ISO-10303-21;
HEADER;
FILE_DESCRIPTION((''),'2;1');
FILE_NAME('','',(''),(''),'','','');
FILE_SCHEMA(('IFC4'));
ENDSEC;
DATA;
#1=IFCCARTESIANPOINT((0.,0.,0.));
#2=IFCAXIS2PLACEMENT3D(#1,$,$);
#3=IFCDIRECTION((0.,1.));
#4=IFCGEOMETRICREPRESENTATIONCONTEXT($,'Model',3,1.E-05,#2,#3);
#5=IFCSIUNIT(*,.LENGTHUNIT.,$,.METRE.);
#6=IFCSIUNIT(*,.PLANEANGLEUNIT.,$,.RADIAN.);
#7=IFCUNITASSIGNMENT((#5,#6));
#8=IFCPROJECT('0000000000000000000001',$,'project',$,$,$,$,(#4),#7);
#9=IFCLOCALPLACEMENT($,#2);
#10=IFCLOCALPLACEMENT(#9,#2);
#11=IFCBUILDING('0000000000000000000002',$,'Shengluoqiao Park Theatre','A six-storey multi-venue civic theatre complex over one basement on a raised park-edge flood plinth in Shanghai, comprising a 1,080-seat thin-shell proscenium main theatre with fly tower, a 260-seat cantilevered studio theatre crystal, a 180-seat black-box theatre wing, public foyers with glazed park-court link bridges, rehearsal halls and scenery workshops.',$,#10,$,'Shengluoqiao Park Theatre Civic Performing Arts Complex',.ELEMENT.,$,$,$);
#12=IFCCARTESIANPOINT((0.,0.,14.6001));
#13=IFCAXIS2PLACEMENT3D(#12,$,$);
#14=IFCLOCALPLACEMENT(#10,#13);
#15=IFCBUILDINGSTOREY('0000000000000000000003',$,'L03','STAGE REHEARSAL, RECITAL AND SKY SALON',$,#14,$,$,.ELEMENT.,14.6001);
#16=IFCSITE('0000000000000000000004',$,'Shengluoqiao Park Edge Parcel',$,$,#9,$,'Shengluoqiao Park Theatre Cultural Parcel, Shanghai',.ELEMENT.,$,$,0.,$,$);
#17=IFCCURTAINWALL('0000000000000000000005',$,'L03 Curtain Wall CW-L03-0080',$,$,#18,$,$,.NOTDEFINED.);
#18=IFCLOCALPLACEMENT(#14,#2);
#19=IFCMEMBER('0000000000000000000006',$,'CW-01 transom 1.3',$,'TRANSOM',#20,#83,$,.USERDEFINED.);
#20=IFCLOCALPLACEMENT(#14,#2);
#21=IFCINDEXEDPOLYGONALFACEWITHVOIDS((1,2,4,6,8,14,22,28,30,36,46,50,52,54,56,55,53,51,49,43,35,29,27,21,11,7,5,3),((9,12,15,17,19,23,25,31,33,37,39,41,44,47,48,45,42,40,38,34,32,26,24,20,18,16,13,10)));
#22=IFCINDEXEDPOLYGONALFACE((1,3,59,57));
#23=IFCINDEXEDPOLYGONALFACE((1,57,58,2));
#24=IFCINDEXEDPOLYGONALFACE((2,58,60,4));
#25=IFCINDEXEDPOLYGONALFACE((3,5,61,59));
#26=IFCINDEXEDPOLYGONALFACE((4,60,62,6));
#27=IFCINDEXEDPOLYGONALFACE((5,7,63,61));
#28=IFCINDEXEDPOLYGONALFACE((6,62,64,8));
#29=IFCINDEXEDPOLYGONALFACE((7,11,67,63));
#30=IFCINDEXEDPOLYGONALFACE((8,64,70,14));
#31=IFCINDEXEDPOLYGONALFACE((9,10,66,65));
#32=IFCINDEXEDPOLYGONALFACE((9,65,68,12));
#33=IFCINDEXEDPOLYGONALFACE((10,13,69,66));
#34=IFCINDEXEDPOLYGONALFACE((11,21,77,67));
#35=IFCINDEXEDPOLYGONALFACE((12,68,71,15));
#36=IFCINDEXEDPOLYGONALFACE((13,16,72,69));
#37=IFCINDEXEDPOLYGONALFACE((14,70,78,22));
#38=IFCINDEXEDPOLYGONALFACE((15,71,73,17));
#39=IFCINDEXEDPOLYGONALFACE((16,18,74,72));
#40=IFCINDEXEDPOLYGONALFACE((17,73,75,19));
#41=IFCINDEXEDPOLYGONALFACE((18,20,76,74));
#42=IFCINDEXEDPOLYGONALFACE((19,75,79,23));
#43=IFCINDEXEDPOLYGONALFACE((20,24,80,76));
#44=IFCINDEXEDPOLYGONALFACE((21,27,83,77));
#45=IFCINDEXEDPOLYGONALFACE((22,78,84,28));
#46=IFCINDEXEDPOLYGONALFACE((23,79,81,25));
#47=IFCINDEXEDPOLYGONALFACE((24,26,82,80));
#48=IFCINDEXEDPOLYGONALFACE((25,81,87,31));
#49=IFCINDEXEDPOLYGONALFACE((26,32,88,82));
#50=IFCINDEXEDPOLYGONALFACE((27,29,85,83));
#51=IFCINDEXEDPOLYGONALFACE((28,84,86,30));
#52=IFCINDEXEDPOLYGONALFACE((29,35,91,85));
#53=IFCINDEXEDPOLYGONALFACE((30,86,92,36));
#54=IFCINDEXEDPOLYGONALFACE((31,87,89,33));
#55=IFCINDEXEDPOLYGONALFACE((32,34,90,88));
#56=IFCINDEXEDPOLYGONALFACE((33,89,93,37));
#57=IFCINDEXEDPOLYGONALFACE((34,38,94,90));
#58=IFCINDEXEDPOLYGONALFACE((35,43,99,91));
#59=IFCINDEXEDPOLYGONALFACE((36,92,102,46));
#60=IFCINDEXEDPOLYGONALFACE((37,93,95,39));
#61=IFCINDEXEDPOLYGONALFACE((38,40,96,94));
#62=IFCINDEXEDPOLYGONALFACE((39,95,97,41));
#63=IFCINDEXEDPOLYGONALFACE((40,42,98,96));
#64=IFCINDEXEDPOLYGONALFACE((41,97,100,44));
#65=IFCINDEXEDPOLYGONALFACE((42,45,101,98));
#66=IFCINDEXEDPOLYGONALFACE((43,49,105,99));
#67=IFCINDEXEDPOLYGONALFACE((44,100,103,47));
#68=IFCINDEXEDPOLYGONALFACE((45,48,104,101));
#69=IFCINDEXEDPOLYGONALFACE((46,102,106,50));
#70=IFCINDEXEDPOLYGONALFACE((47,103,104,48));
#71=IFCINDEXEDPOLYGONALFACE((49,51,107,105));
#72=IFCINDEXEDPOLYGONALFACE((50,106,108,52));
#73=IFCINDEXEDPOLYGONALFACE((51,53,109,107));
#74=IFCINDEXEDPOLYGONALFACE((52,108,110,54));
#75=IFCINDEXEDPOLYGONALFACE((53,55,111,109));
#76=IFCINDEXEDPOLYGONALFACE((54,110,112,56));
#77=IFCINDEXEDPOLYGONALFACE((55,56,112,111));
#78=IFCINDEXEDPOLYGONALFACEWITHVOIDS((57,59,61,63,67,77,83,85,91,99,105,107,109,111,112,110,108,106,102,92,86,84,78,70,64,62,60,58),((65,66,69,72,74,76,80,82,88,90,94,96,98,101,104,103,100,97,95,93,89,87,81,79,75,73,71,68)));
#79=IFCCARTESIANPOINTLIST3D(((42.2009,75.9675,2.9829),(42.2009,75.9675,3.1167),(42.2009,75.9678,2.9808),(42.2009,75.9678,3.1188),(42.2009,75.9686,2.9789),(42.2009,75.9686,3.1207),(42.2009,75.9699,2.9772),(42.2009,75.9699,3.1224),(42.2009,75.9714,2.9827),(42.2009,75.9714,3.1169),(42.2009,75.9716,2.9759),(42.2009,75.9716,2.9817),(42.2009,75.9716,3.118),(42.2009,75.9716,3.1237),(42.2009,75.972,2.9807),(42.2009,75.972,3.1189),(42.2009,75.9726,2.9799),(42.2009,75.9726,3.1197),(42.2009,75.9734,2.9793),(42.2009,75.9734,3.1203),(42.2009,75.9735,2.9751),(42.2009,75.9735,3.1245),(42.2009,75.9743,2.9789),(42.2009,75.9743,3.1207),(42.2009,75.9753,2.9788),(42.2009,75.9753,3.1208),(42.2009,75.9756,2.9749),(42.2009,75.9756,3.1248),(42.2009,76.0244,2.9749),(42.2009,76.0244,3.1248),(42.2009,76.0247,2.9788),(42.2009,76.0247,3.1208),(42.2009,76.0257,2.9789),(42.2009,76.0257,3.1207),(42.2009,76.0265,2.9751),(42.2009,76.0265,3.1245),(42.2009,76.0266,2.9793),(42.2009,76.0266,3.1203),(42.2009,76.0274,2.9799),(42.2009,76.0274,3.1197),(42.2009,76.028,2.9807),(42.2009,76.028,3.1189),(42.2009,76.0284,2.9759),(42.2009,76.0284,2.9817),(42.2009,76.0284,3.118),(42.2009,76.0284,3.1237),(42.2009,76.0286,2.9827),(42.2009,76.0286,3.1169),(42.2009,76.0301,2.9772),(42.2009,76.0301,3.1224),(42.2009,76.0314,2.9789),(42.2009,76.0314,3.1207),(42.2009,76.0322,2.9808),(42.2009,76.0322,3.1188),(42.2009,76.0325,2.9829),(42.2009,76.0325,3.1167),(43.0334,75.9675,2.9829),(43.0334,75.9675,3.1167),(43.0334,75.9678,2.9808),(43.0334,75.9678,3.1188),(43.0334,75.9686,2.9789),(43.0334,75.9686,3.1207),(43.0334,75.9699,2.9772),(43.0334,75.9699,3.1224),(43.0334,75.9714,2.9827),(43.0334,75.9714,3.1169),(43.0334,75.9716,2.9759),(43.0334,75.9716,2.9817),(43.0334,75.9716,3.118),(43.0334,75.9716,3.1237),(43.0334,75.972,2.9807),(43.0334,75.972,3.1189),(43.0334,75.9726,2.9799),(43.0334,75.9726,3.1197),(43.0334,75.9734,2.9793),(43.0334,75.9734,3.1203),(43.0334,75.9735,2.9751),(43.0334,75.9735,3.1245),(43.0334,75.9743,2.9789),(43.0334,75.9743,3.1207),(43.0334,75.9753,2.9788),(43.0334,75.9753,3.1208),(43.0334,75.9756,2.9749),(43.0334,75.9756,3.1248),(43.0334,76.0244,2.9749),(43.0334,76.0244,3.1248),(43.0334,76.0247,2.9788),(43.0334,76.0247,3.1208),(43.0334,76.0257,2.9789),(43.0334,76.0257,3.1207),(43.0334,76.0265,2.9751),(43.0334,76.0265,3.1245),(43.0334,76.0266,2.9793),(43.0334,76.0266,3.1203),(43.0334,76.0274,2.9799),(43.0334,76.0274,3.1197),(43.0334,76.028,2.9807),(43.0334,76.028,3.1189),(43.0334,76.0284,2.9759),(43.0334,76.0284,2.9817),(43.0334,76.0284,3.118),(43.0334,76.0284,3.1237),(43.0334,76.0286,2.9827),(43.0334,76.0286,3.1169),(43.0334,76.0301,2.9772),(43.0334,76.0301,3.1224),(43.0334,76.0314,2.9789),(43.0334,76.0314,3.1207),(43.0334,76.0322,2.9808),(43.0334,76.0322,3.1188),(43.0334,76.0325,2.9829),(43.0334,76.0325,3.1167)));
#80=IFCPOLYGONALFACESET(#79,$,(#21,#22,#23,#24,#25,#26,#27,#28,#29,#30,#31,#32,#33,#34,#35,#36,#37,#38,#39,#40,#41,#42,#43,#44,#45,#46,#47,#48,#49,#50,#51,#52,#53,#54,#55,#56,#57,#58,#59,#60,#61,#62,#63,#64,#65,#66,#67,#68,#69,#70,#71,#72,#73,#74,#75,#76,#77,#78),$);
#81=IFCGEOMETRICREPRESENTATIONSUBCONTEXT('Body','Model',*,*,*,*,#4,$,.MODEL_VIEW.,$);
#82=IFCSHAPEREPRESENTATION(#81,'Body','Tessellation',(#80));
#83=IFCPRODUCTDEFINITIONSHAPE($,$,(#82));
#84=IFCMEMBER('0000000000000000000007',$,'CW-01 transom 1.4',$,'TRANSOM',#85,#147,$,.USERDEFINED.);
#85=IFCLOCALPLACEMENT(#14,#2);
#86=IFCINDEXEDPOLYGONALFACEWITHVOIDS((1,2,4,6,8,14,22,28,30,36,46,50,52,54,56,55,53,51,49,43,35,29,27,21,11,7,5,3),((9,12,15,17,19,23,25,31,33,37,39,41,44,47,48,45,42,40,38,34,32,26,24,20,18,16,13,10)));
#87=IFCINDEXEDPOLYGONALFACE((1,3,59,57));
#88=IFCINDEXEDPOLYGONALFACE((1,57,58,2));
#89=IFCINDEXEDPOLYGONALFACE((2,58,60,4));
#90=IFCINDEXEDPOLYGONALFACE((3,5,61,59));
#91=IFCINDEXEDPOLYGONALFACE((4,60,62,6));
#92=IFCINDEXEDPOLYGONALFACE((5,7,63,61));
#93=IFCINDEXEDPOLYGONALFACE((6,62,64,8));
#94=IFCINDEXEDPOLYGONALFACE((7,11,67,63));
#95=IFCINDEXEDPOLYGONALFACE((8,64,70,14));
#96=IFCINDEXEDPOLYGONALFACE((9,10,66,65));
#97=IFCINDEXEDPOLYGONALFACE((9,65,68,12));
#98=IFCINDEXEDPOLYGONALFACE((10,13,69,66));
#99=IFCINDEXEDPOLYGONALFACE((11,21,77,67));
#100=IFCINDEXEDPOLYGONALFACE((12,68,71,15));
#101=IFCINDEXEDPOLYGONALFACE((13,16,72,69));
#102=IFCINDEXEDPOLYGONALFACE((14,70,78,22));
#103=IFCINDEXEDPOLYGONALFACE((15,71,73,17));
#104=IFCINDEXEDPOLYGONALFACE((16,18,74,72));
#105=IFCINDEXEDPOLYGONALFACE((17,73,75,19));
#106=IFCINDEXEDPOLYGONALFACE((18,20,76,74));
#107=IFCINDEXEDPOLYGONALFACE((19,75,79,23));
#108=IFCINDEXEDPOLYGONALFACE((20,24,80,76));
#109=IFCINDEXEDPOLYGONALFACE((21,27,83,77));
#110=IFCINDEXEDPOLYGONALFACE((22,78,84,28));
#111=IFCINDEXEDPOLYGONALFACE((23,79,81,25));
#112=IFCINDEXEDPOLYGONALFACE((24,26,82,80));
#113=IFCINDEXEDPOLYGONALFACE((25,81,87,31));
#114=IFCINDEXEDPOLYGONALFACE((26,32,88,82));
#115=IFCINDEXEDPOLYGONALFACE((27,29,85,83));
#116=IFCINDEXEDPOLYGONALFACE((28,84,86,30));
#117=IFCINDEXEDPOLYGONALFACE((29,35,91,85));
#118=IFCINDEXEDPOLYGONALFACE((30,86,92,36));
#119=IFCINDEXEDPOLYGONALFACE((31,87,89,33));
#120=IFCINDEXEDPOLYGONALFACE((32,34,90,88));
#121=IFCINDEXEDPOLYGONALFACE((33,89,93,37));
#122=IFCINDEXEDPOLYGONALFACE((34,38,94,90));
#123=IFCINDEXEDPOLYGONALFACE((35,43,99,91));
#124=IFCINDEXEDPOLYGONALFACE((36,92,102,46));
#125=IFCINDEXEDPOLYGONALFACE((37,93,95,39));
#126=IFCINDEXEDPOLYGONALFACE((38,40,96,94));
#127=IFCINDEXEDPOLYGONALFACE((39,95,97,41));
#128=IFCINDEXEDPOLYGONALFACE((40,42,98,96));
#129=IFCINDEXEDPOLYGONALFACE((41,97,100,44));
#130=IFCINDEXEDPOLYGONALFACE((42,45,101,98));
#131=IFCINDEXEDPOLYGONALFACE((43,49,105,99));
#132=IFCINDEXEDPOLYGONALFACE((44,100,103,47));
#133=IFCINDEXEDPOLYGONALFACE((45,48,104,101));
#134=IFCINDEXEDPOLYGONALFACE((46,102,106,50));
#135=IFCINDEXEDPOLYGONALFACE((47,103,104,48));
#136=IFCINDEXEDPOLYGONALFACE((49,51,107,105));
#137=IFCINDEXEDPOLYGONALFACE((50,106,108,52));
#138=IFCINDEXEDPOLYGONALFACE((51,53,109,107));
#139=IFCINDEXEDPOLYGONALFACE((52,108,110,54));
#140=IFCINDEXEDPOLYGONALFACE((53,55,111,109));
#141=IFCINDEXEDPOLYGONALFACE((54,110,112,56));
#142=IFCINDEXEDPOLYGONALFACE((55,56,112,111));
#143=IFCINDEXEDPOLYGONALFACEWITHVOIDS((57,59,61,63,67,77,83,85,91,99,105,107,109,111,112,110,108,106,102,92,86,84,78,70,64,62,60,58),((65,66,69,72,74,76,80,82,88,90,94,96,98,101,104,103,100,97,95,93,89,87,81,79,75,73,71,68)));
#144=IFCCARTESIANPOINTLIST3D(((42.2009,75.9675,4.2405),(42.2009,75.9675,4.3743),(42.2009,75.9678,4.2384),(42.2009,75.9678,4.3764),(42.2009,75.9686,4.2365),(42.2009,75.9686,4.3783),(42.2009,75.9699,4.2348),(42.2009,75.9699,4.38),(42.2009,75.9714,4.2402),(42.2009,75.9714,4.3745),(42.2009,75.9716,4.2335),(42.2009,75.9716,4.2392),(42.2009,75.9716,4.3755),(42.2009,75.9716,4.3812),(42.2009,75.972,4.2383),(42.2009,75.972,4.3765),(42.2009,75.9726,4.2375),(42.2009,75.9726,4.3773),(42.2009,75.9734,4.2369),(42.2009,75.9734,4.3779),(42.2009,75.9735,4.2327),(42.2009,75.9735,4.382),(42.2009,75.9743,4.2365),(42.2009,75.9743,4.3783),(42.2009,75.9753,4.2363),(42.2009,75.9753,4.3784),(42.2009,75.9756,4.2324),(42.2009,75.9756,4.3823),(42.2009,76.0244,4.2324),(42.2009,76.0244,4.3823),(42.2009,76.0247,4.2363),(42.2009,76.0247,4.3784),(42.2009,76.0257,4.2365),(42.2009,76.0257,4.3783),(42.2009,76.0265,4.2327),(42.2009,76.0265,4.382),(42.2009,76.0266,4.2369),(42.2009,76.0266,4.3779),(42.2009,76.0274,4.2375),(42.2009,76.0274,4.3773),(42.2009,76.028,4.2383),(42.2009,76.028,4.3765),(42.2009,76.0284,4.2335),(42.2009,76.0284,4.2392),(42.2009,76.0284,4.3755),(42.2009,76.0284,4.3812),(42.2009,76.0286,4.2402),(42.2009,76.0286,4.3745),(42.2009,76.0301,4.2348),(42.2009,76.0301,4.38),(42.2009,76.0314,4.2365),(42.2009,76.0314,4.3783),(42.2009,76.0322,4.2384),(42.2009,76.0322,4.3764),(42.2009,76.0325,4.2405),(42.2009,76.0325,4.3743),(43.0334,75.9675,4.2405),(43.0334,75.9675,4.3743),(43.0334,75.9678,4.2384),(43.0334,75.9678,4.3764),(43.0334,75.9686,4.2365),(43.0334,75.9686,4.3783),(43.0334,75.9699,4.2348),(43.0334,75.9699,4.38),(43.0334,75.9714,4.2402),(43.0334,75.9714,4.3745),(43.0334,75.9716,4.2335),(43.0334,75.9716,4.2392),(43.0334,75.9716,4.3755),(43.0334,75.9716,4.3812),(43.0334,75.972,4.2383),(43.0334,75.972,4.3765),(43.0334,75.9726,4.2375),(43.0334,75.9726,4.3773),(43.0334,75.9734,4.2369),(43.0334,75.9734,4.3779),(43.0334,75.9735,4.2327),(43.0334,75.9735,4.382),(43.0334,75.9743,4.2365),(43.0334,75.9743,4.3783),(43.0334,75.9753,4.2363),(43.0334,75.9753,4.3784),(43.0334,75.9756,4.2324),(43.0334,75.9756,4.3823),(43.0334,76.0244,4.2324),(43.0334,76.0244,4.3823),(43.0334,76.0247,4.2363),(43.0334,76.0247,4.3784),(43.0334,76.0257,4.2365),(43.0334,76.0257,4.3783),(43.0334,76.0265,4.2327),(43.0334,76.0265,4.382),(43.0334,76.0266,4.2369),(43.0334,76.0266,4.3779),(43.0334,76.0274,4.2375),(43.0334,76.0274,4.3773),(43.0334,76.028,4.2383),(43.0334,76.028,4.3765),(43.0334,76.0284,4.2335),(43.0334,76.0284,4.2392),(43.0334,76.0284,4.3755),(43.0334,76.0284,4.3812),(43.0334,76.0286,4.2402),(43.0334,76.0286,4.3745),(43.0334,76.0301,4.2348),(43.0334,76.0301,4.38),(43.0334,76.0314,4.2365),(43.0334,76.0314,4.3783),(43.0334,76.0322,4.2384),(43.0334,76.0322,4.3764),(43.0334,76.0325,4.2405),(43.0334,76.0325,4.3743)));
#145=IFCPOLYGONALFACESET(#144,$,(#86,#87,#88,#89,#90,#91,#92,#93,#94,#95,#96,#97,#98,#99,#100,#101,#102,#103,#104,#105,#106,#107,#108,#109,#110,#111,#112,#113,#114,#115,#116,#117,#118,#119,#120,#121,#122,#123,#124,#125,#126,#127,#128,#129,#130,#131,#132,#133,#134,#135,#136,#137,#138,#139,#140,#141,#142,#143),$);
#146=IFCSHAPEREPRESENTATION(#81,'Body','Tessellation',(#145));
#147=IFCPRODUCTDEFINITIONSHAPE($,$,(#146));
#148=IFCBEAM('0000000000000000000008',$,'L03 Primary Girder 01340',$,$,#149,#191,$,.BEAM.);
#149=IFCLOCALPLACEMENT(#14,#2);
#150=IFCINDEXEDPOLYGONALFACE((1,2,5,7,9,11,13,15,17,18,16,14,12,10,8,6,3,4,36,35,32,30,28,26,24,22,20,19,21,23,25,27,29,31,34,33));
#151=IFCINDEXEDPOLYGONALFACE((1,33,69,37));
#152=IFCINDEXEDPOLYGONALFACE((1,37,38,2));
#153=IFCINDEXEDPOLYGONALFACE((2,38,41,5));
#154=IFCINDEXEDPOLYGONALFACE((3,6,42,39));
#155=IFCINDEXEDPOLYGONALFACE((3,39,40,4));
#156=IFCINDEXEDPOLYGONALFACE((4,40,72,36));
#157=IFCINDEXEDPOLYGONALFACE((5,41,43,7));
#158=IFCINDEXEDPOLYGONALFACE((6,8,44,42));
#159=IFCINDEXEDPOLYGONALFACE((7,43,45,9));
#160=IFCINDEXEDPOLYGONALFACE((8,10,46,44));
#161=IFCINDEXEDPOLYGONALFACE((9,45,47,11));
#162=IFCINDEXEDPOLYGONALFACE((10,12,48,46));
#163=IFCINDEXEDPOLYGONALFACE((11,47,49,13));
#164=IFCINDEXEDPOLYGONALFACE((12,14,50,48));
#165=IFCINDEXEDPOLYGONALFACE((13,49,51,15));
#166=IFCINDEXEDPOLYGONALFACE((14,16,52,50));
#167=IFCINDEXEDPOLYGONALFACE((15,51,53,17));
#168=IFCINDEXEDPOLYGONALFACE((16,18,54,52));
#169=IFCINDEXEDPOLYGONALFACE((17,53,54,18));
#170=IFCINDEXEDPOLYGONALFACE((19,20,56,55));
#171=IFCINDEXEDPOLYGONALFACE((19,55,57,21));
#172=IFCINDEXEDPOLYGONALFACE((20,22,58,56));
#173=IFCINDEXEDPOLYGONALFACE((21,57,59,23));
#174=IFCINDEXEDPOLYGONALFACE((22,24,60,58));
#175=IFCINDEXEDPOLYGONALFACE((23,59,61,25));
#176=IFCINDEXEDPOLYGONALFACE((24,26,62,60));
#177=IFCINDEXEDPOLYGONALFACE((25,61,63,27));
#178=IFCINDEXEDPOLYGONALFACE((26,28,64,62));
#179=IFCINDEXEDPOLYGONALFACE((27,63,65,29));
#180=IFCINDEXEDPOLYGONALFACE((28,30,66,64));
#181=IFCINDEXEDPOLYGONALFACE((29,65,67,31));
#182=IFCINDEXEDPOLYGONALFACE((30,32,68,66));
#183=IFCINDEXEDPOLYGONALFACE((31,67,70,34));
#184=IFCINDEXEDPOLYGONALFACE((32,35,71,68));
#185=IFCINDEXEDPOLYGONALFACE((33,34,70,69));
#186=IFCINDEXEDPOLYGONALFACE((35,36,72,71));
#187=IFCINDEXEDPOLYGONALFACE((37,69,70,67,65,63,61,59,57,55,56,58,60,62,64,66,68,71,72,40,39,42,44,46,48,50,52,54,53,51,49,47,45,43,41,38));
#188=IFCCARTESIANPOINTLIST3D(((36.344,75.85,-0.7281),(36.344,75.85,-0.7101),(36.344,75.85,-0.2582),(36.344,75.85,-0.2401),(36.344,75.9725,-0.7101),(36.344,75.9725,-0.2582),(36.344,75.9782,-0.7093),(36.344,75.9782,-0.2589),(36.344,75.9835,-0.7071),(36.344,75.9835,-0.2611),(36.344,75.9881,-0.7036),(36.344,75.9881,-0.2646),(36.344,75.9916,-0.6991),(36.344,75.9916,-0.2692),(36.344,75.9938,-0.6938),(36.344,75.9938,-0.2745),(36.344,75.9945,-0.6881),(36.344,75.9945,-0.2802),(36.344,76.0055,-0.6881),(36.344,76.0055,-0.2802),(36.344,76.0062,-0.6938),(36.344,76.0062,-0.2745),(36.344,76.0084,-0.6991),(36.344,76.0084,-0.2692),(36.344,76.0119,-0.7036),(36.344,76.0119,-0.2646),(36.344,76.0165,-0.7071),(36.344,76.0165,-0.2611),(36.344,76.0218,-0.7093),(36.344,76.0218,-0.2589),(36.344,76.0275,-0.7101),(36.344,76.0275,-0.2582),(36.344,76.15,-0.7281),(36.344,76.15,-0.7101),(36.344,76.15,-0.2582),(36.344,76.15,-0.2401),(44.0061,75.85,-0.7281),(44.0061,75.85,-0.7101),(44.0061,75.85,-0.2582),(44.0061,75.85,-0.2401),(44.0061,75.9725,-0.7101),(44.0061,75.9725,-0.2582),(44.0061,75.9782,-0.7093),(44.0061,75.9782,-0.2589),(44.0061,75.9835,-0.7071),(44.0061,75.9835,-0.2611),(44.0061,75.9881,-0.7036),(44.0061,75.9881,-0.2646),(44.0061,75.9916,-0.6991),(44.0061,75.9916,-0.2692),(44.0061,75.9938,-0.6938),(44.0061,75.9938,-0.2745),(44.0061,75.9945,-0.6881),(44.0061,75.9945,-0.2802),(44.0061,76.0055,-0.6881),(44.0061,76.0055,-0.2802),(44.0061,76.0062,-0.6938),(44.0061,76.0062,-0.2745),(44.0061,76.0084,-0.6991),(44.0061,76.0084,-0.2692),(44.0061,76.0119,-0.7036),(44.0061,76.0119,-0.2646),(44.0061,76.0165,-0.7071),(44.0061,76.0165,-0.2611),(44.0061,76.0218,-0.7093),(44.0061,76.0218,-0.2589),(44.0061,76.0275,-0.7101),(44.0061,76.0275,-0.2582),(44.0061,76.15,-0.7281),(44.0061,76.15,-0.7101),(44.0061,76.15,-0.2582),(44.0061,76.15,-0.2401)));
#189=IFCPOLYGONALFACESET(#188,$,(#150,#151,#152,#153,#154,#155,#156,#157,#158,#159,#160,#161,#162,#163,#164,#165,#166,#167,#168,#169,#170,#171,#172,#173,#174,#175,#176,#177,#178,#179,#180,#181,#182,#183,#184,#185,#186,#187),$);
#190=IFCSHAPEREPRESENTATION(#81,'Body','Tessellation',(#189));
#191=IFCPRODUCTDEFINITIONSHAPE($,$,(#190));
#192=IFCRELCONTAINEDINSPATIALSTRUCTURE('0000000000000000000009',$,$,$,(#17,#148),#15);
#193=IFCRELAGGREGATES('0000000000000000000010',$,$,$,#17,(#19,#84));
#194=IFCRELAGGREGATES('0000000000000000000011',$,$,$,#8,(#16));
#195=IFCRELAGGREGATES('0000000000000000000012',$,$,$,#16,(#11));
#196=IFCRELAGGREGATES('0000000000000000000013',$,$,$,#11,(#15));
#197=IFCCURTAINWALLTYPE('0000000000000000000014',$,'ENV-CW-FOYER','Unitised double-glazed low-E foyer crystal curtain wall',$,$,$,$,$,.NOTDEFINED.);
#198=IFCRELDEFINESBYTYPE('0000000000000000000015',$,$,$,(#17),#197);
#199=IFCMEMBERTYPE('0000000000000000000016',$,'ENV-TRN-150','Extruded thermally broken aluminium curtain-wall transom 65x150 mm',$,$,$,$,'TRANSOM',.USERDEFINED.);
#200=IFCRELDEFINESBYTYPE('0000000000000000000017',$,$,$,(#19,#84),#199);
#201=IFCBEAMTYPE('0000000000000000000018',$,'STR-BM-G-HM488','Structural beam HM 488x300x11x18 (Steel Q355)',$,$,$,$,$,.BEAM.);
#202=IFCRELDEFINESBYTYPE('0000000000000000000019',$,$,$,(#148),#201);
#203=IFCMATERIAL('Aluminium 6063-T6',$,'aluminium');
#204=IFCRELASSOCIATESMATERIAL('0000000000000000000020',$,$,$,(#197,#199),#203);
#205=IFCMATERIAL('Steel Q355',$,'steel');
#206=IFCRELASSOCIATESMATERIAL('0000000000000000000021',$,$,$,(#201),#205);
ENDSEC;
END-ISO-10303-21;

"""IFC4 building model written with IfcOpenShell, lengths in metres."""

from ifc_helpers import new_model, si_unit, direction, frame, origin, origin_2d, place, context, subcontext, project, spatial, hollow_rectangle, i_section, extrude, material, material_profile, profile_set, type_object, element, aggregate, save


model = new_model("IFC4")

# Units and contexts
model_context = context("Model", 3, precision=1e-05, world=origin(), true_north=direction((0.0, 1.0)))
body_context = subcontext(model_context, "Body", "Model", "MODEL_VIEW")
ifc_project = project(units=[si_unit("LENGTHUNIT", "METRE"), si_unit("PLANEANGLEUNIT", "RADIAN")], contexts=[model_context])

# Site, building, storey
site_placement = place(None, origin())
site = spatial("IfcSite", under=ifc_project, at=site_placement, Name="Shengluoqiao Park Edge Parcel", LongName="Shengluoqiao Park Theatre Cultural Parcel, Shanghai", CompositionType="ELEMENT", RefElevation=0.0)
building_placement = place(site_placement, origin())
building = spatial("IfcBuilding", under=site, at=building_placement, Name="Shengluoqiao Park Theatre", Description="A six-storey multi-venue civic theatre complex over one basement on a raised park-edge flood plinth in Shanghai, comprising a 1,080-seat thin-shell proscenium main theatre with fly tower, a 260-seat cantilevered studio theatre crystal, a 180-seat black-box theatre wing, public foyers with glazed park-court link bridges, rehearsal halls and scenery workshops.", LongName="Shengluoqiao Park Theatre Civic Performing Arts Complex", CompositionType="ELEMENT")
storey_placement = place(building_placement, frame((0.0, 0.0, 14.6001)))
storey = spatial("IfcBuildingStorey", under=building, at=storey_placement, Name="L03", Description="STAGE REHEARSAL, RECITAL AND SKY SALON", CompositionType="ELEMENT", Elevation=14.6001)

# Shared definitions
ifc_material_1 = material(Name="Aluminium 6063-T6", Category="aluminium")
curtain_wall_type = type_object("IfcCurtainWallType", Name="ENV-CW-FOYER", Description="Unitised double-glazed low-E foyer crystal curtain wall", PredefinedType="NOTDEFINED", material=ifc_material_1)

# Curtain wall
curtain_wall_1_placement = place(storey_placement, origin())
curtain_wall_1 = element("IfcCurtainWall", 1, at=curtain_wall_1_placement, inside=storey, type_object=curtain_wall_type, Name="L03 Curtain Wall CW-L03-0080", PredefinedType="NOTDEFINED")

# Members
ifc_material_profile_1 = material_profile(ifc_material_1, hollow_rectangle(XDim=0.0649, YDim=0.1499, WallThickness=0.0039, InnerFilletRadius=0.0039, OuterFilletRadius=0.0081, at=origin_2d()), Name="ALU TRANSOM 150x65x4")
ifc_profile_set_1 = profile_set([ifc_material_profile_1], Name="Aluminium 6063-T6")
member_type_1 = type_object("IfcMemberType", Name="ENV-TRN-150", Description="Extruded thermally broken aluminium curtain-wall transom 65x150 mm", ElementType="TRANSOM", PredefinedType="USERDEFINED", material=ifc_profile_set_1)
member_1_placement = place(storey_placement, frame((42.2009, 76.0, 3.0498), z_axis=(1.0, 0.0, 0.0), x_axis=(0.0, 1.0, 0.0)))
member_1 = element("IfcMember", 2, at=member_1_placement, type_object=member_type_1, Name="CW-01 transom 1.3", ObjectType="TRANSOM", PredefinedType="USERDEFINED", context=body_context, shape_type="SweptSolid", body=[
    extrude(hollow_rectangle(XDim=0.0649, YDim=0.1499, WallThickness=0.0039, InnerFilletRadius=0.0039, OuterFilletRadius=0.0081, at=origin_2d()), origin(), (0.0, 0.0, 1.0), 0.8325),
])
member_2_placement = place(storey_placement, frame((42.2009, 76.0, 4.3074), z_axis=(1.0, 0.0, 0.0), x_axis=(0.0, 1.0, 0.0)))
member_2 = element("IfcMember", 3, at=member_2_placement, type_object=member_type_1, Name="CW-01 transom 1.4", ObjectType="TRANSOM", PredefinedType="USERDEFINED", context=body_context, shape_type="SweptSolid", body=[
    extrude(hollow_rectangle(XDim=0.0649, YDim=0.1499, WallThickness=0.0039, InnerFilletRadius=0.0039, OuterFilletRadius=0.0081, at=origin_2d()), origin(), (0.0, 0.0, 1.0), 0.8325),
])

# Beam
ifc_material_2 = material(Name="Steel Q355", Category="steel")
ifc_material_profile_2 = material_profile(ifc_material_2, i_section(OverallWidth=0.3, OverallDepth=0.488, WebThickness=0.011, FlangeThickness=0.0181, FilletRadius=0.022, at=origin_2d()), Name="HM 488x300x11x18")
ifc_profile_set_2 = profile_set([ifc_material_profile_2], Name="Steel Q355")
beam_type = type_object("IfcBeamType", Name="STR-BM-G-HM488", Description="Structural beam HM 488x300x11x18 (Steel Q355)", PredefinedType="BEAM", material=ifc_profile_set_2)
beam_placement = place(storey_placement, frame((36.344, 76.0, -0.4841), z_axis=(1.0, 0.0, 0.0), x_axis=(0.0, 1.0, 0.0)))
element("IfcBeam", 4, at=beam_placement, inside=storey, type_object=beam_type, Name="L03 Primary Girder 01340", PredefinedType="BEAM", context=body_context, shape_type="SweptSolid", body=[
    extrude(i_section(OverallWidth=0.3, OverallDepth=0.488, WebThickness=0.011, FlangeThickness=0.0181, FilletRadius=0.022, at=origin_2d()), origin(), (0.0, 0.0, 1.0), 7.6621),
])

aggregate(curtain_wall_1, [member_1, member_2])

save(model, "model.ifc")
